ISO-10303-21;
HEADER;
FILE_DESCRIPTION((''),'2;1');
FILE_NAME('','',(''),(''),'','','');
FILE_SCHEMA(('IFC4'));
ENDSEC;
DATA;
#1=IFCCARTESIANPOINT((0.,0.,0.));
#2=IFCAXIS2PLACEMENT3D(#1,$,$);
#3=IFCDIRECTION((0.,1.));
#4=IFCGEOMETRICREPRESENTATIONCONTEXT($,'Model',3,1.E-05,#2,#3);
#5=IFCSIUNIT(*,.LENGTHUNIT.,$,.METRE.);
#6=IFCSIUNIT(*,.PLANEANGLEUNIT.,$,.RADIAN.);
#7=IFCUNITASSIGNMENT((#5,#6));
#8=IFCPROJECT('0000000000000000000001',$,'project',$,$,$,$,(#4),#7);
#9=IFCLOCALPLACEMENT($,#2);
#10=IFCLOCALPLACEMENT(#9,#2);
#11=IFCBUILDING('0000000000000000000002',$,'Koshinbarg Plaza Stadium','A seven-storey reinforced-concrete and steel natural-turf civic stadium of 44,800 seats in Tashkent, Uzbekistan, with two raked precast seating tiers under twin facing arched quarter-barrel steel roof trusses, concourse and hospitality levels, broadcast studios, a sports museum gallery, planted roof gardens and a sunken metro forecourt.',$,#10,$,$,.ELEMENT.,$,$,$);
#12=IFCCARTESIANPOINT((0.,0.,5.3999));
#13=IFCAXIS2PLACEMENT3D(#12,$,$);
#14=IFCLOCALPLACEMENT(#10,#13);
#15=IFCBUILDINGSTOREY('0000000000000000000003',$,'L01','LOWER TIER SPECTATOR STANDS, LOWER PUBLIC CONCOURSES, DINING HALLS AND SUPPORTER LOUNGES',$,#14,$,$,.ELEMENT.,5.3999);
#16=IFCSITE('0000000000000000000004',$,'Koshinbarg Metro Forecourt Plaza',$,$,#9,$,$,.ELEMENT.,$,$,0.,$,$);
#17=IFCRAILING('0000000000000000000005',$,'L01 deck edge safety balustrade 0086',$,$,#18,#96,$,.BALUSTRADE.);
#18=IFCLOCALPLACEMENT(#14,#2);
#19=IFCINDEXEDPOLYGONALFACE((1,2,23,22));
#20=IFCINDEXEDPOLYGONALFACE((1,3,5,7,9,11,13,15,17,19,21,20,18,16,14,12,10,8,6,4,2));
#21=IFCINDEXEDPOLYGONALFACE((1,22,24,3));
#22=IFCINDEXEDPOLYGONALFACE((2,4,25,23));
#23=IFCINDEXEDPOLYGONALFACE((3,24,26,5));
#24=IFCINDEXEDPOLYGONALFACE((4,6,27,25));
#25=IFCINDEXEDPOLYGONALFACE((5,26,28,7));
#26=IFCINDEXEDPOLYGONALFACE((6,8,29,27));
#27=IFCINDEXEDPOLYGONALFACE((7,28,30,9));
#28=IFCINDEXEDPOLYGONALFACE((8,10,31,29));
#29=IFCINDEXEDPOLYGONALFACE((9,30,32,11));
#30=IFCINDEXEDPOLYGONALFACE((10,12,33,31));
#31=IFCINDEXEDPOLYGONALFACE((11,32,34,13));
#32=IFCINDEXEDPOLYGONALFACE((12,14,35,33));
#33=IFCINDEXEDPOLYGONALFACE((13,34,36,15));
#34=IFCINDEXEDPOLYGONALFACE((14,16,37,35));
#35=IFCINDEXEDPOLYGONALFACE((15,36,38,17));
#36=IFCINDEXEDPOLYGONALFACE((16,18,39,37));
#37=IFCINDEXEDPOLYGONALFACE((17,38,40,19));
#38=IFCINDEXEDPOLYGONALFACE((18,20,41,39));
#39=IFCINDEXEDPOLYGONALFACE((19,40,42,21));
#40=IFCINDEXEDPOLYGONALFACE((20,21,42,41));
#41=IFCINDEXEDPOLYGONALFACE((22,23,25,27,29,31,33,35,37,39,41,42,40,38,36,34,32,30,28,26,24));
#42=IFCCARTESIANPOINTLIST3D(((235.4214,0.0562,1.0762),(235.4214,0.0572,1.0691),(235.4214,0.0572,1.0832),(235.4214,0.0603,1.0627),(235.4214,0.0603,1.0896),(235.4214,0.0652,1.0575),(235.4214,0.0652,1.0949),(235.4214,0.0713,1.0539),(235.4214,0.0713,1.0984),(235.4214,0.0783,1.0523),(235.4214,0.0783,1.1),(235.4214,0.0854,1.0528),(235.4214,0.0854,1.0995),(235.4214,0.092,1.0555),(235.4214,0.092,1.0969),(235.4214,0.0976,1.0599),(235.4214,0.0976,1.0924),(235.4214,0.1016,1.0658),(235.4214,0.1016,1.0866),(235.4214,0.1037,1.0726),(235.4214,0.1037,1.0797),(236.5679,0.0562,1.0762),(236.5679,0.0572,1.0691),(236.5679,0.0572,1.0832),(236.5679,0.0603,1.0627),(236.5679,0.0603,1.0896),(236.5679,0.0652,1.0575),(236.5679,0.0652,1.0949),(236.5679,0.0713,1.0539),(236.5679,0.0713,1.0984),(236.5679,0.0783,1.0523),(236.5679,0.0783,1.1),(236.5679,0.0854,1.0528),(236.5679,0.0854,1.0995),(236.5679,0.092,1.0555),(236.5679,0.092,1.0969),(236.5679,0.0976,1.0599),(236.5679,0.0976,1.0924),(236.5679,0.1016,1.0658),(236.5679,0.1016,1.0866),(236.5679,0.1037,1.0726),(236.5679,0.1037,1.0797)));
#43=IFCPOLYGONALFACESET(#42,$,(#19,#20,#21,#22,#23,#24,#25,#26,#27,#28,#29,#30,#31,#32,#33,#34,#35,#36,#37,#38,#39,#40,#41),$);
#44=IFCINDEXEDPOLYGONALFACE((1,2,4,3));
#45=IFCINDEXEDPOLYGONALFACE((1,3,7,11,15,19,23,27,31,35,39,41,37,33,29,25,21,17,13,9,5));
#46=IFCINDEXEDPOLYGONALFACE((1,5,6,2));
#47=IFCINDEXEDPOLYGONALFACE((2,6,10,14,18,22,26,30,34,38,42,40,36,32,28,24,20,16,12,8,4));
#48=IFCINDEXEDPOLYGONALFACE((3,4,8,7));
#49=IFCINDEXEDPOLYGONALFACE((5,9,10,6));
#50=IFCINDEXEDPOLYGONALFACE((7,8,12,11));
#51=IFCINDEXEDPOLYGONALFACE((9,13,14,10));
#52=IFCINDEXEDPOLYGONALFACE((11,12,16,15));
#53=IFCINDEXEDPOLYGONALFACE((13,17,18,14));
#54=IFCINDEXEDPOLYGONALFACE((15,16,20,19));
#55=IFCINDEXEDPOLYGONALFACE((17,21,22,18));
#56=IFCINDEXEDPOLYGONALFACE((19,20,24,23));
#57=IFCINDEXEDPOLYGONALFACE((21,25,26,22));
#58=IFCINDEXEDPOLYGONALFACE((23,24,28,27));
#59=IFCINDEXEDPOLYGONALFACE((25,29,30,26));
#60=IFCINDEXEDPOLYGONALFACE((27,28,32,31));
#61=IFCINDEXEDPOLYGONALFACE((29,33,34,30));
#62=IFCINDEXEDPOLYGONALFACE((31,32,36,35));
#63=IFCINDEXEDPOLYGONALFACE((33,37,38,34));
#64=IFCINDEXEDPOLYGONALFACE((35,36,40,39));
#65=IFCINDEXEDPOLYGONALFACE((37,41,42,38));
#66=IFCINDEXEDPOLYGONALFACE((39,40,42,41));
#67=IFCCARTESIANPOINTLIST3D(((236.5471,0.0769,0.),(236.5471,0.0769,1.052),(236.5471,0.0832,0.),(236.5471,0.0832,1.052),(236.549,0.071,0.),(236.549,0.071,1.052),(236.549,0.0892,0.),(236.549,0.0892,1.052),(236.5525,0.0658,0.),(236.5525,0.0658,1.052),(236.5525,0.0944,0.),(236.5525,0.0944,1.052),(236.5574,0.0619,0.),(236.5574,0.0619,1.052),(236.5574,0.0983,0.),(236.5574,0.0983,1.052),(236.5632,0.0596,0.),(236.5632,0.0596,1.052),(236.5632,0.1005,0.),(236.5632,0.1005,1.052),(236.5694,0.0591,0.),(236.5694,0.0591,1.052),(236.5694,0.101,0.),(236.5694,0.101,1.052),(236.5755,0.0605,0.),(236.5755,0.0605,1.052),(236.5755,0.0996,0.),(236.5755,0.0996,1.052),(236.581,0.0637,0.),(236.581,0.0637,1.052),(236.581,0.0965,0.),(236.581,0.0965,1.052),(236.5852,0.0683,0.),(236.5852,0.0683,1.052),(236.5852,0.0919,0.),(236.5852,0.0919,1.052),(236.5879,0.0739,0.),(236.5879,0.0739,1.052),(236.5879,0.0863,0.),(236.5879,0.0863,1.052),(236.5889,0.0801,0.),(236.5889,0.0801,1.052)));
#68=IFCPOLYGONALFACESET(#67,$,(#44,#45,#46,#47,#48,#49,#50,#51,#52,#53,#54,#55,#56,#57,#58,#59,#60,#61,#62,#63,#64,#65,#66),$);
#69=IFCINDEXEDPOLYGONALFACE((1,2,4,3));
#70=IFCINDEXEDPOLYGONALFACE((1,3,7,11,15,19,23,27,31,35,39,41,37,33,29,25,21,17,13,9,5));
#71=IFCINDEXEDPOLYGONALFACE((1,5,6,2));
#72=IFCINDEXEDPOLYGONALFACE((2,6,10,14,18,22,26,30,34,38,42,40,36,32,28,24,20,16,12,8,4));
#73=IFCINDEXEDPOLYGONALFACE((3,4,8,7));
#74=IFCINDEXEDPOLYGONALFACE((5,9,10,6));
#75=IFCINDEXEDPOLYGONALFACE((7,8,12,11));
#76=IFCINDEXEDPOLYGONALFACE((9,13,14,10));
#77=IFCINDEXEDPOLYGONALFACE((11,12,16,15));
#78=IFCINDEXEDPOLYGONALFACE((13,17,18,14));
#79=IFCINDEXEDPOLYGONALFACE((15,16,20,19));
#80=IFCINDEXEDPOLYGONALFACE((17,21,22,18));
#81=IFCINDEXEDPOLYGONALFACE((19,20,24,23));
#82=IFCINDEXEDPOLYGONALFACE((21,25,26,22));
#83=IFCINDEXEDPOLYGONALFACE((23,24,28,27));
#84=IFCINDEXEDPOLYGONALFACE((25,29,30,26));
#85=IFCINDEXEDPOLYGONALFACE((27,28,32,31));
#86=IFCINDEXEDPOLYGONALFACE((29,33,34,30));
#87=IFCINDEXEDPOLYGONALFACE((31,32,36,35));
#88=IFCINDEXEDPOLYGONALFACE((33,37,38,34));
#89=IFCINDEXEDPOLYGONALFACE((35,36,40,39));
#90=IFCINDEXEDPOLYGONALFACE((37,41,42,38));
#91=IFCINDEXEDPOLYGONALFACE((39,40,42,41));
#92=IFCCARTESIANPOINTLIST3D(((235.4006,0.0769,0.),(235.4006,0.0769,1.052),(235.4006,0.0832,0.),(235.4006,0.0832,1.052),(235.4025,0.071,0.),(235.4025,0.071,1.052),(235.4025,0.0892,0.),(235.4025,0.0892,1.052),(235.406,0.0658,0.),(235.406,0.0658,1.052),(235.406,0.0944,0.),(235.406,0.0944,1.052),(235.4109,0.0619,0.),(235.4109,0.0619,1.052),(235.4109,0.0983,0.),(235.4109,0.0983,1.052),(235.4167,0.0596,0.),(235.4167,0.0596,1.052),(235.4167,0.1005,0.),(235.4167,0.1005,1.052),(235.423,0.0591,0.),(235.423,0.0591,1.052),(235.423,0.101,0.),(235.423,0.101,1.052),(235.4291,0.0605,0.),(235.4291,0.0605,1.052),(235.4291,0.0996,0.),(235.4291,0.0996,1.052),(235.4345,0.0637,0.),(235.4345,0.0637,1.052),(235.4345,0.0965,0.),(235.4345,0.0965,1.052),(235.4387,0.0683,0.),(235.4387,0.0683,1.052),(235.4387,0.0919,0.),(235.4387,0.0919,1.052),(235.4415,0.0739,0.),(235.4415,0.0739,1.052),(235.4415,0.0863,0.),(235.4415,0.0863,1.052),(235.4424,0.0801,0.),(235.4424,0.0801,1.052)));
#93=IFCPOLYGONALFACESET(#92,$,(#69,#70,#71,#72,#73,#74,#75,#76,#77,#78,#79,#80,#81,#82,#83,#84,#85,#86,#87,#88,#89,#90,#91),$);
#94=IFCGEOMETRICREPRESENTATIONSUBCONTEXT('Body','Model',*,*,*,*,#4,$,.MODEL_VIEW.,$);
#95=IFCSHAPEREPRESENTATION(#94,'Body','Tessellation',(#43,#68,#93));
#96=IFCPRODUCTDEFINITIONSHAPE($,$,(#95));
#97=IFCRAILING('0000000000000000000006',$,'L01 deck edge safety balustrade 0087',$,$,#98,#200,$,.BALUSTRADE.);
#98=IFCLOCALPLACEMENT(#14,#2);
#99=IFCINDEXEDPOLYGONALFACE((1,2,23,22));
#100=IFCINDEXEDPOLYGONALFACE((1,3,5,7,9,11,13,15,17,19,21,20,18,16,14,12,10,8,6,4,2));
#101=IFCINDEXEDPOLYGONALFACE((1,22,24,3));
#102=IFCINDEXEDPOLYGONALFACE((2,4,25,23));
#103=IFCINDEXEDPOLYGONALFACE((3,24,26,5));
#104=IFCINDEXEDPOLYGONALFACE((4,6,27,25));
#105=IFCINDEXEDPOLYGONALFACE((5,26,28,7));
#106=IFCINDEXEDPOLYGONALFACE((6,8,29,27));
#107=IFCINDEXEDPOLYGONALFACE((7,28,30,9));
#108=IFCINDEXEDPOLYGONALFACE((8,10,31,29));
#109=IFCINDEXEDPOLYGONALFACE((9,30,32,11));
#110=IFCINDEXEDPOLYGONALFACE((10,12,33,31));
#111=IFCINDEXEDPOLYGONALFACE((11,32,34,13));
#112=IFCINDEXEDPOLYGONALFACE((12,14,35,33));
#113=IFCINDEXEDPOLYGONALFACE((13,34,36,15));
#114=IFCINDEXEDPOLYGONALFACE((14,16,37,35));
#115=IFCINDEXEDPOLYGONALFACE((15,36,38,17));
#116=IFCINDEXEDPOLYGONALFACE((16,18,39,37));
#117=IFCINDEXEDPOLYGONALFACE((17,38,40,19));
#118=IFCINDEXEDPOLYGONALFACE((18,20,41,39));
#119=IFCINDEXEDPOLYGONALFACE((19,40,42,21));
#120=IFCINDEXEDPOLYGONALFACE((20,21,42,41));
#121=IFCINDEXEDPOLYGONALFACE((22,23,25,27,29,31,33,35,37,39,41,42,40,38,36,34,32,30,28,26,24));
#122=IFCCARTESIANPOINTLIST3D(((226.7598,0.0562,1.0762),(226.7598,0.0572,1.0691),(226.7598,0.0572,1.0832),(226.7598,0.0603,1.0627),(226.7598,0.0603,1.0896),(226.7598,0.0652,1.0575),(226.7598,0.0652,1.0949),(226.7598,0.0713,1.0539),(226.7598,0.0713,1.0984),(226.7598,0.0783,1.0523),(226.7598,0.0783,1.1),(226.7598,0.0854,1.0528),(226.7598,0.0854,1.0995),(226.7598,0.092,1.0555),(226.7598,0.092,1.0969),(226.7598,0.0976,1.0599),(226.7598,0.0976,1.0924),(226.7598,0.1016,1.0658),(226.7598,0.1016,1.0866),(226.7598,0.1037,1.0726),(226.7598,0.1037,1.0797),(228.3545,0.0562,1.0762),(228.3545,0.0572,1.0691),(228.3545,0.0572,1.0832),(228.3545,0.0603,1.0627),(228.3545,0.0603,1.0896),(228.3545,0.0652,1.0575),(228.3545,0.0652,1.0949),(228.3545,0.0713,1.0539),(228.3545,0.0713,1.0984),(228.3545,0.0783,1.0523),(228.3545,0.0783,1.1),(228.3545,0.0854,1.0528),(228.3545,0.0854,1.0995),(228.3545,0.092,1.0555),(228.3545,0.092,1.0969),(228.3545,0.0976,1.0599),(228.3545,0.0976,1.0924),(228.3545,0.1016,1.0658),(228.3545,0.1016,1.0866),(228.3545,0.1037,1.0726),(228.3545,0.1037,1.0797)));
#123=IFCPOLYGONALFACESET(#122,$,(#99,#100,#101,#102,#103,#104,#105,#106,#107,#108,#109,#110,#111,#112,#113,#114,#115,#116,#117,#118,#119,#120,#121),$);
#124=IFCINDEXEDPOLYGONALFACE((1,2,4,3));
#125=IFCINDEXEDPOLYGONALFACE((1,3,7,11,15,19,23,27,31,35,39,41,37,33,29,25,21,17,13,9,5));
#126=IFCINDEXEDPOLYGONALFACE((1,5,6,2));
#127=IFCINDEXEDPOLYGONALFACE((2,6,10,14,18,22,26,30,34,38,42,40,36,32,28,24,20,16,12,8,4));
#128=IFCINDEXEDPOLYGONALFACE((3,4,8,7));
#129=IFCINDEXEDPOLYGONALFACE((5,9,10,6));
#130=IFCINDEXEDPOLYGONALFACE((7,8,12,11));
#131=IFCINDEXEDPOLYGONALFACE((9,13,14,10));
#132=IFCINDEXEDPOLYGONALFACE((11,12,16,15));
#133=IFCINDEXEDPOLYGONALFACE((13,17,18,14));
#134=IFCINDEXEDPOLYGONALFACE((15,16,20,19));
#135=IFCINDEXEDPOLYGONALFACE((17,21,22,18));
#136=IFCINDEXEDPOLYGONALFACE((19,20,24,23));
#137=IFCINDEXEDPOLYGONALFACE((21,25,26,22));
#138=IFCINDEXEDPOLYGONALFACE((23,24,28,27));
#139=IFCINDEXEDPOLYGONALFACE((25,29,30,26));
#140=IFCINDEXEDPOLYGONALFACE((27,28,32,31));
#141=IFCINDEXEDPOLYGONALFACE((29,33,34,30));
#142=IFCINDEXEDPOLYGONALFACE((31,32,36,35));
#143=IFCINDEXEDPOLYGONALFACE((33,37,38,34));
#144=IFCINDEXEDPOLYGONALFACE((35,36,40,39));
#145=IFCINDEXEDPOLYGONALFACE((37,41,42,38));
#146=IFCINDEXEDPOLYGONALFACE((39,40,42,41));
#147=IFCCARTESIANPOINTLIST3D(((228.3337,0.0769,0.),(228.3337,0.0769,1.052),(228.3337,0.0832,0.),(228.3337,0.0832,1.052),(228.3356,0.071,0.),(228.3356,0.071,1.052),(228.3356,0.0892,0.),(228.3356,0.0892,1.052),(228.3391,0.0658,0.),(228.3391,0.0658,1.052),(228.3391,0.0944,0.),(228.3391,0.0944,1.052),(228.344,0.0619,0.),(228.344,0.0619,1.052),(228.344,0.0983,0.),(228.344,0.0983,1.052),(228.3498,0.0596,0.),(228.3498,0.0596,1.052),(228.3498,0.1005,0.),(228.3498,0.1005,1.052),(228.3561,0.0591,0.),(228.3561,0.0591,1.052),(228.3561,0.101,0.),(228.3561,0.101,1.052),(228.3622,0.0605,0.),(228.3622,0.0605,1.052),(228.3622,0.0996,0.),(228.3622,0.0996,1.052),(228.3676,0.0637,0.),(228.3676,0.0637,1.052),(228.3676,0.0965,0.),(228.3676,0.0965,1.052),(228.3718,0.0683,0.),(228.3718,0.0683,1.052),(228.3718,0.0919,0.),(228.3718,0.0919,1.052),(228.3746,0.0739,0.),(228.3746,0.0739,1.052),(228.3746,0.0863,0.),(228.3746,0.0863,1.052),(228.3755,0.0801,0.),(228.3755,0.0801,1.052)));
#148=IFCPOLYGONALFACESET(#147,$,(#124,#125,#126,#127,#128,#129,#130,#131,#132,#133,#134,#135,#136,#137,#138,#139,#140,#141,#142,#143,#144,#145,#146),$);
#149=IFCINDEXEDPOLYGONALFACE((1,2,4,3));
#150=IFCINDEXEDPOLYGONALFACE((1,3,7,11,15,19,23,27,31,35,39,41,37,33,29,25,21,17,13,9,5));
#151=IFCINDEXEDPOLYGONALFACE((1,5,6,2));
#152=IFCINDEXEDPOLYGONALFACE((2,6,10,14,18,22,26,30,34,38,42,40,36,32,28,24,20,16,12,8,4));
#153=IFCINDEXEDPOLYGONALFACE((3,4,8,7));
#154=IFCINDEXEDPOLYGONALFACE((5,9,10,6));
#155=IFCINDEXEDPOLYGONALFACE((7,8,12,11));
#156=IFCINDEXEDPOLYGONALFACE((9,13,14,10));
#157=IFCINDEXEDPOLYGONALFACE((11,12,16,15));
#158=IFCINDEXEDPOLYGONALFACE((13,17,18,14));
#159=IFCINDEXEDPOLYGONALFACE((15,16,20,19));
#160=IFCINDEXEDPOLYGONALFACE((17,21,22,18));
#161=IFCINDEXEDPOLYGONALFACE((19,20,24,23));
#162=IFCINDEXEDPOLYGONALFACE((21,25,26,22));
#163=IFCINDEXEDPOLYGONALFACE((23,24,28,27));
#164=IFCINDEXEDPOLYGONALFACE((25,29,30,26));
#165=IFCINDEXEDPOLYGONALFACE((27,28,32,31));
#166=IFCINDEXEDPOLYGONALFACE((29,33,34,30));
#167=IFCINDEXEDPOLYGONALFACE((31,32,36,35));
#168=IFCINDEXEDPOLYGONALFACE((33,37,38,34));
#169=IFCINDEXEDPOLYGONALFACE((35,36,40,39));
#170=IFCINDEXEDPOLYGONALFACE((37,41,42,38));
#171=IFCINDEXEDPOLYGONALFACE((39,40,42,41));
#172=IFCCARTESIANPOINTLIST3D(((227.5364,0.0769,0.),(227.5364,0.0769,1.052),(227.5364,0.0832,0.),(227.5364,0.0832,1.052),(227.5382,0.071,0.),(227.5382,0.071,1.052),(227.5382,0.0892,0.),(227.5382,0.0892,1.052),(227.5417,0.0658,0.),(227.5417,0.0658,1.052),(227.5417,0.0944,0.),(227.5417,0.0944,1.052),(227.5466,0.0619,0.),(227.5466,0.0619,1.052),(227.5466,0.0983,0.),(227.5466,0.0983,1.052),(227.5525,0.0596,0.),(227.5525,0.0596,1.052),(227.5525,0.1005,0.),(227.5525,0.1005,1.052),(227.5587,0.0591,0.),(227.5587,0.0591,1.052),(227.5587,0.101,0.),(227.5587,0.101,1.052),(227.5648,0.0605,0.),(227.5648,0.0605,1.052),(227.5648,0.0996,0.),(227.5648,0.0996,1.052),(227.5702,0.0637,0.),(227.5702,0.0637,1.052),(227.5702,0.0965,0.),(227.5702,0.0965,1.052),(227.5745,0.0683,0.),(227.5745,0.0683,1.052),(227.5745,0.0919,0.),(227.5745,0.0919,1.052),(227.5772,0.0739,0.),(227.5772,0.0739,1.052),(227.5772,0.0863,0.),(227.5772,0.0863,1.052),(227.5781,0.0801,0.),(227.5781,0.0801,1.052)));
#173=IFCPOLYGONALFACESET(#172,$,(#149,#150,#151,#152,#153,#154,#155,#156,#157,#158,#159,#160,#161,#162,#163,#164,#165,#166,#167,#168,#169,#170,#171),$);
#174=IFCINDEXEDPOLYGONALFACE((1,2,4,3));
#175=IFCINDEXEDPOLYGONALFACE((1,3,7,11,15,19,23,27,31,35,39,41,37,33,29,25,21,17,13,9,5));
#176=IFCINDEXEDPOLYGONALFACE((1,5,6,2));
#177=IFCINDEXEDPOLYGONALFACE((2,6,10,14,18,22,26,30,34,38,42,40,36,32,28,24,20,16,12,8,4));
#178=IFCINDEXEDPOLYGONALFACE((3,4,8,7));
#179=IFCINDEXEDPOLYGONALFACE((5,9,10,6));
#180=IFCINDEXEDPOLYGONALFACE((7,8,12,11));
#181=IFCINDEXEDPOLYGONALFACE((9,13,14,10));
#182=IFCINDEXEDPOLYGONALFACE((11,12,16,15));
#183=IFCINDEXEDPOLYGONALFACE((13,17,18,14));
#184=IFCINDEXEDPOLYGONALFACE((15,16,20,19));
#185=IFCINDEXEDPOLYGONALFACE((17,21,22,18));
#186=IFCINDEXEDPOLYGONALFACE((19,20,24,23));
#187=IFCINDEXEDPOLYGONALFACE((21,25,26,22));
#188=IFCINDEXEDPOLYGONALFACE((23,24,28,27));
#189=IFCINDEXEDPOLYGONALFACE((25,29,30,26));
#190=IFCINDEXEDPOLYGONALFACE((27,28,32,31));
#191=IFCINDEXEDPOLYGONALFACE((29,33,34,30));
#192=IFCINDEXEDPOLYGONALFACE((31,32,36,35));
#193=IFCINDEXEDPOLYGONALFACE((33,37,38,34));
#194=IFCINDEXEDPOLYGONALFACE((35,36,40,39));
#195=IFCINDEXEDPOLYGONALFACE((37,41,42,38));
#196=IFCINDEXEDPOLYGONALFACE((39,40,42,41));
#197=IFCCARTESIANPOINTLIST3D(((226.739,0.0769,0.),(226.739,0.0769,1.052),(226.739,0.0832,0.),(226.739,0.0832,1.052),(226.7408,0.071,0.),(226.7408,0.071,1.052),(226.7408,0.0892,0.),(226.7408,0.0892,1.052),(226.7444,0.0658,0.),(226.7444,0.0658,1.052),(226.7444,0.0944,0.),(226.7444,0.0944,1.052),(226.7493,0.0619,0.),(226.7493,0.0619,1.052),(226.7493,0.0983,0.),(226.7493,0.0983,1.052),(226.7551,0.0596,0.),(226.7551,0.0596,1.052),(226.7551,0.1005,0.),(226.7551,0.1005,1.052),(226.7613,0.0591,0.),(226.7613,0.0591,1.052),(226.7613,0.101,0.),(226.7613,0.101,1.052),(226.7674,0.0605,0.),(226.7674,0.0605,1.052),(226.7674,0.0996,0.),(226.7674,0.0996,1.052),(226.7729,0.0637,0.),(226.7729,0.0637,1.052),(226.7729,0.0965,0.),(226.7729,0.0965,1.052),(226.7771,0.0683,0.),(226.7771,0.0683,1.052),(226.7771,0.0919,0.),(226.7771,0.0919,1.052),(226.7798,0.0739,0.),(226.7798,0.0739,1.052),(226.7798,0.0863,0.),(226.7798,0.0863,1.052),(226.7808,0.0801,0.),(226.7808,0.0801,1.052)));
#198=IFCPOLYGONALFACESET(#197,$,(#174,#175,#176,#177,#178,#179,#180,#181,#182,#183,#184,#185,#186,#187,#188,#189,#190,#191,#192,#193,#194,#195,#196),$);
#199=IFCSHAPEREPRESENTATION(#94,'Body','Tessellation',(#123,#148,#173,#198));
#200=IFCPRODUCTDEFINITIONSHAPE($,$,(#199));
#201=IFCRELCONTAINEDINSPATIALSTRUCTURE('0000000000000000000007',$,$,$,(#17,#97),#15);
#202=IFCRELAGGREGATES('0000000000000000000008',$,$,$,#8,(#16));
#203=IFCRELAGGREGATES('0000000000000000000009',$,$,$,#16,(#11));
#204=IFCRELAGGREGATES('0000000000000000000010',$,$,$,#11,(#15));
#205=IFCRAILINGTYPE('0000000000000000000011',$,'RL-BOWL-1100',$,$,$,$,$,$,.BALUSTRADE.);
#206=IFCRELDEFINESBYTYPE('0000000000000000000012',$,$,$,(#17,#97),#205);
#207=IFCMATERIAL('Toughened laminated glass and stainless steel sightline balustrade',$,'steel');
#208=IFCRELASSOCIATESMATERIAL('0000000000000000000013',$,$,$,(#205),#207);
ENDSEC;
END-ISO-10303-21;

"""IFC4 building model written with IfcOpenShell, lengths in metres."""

from ifc_helpers import new_model, si_unit, direction, frame, origin, origin_2d, place, context, subcontext, project, spatial, circle, extrude, material, type_object, element, save


model = new_model("IFC4")

# Units and contexts
model_context = context("Model", 3, precision=1e-05, world=origin(), true_north=direction((0.0, 1.0)))
body_context = subcontext(model_context, "Body", "Model", "MODEL_VIEW")
ifc_project = project(units=[si_unit("LENGTHUNIT", "METRE"), si_unit("PLANEANGLEUNIT", "RADIAN")], contexts=[model_context])

# Site, building, storey
site_placement = place(None, origin())
site = spatial("IfcSite", under=ifc_project, at=site_placement, Name="Koshinbarg Metro Forecourt Plaza", CompositionType="ELEMENT", RefElevation=0.0)
building_placement = place(site_placement, origin())
building = spatial("IfcBuilding", under=site, at=building_placement, Name="Koshinbarg Plaza Stadium", Description="A seven-storey reinforced-concrete and steel natural-turf civic stadium of 44,800 seats in Tashkent, Uzbekistan, with two raked precast seating tiers under twin facing arched quarter-barrel steel roof trusses, concourse and hospitality levels, broadcast studios, a sports museum gallery, planted roof gardens and a sunken metro forecourt.", CompositionType="ELEMENT")
storey_placement = place(building_placement, frame((0.0, 0.0, 5.3999)))
storey = spatial("IfcBuildingStorey", under=building, at=storey_placement, Name="L01", Description="LOWER TIER SPECTATOR STANDS, LOWER PUBLIC CONCOURSES, DINING HALLS AND SUPPORTER LOUNGES", CompositionType="ELEMENT", Elevation=5.3999)

# Railings
ifc_material_1 = material(Name="Toughened laminated glass and stainless steel sightline balustrade", Category="steel")
railing_type = type_object("IfcRailingType", Name="RL-BOWL-1100", PredefinedType="BALUSTRADE", material=ifc_material_1)
railing_1_placement = place(storey_placement, frame((236.5679, 0.0801, 0.0)))
element("IfcRailing", 1, at=railing_1_placement, inside=storey, type_object=railing_type, Name="L01 deck edge safety balustrade 0086", PredefinedType="BALUSTRADE", context=body_context, shape_type="SweptSolid", body=[
    extrude(circle(Radius=0.0239, at=origin_2d()), frame((0.0, 0.0, 1.0762), z_axis=(-1.0, 0.0, 0.0), x_axis=(0.0, -1.0, 0.0)), (0.0, 0.0, 1.0), 1.1465),
    extrude(circle(Radius=0.021, at=origin_2d()), origin(), (0.0, 0.0, 1.0), 1.052),
    extrude(circle(Radius=0.021, at=origin_2d()), frame((-1.1465, 0.0, 0.0)), (0.0, 0.0, 1.0), 1.052),
])
railing_2_placement = place(storey_placement, frame((228.3545, 0.0801, 0.0)))
element("IfcRailing", 2, at=railing_2_placement, inside=storey, type_object=railing_type, Name="L01 deck edge safety balustrade 0087", PredefinedType="BALUSTRADE", context=body_context, shape_type="SweptSolid", body=[
    extrude(circle(Radius=0.0239, at=origin_2d()), frame((0.0, 0.0, 1.0762), z_axis=(-1.0, 0.0, 0.0), x_axis=(0.0, -1.0, 0.0)), (0.0, 0.0, 1.0), 1.5947),
    extrude(circle(Radius=0.021, at=origin_2d()), origin(), (0.0, 0.0, 1.0), 1.052),
    extrude(circle(Radius=0.021, at=origin_2d()), frame((-0.7974, 0.0, 0.0)), (0.0, 0.0, 1.0), 1.052),
    extrude(circle(Radius=0.021, at=origin_2d()), frame((-1.5947, 0.0, 0.0)), (0.0, 0.0, 1.0), 1.052),
])

save(model, "model.ifc")
